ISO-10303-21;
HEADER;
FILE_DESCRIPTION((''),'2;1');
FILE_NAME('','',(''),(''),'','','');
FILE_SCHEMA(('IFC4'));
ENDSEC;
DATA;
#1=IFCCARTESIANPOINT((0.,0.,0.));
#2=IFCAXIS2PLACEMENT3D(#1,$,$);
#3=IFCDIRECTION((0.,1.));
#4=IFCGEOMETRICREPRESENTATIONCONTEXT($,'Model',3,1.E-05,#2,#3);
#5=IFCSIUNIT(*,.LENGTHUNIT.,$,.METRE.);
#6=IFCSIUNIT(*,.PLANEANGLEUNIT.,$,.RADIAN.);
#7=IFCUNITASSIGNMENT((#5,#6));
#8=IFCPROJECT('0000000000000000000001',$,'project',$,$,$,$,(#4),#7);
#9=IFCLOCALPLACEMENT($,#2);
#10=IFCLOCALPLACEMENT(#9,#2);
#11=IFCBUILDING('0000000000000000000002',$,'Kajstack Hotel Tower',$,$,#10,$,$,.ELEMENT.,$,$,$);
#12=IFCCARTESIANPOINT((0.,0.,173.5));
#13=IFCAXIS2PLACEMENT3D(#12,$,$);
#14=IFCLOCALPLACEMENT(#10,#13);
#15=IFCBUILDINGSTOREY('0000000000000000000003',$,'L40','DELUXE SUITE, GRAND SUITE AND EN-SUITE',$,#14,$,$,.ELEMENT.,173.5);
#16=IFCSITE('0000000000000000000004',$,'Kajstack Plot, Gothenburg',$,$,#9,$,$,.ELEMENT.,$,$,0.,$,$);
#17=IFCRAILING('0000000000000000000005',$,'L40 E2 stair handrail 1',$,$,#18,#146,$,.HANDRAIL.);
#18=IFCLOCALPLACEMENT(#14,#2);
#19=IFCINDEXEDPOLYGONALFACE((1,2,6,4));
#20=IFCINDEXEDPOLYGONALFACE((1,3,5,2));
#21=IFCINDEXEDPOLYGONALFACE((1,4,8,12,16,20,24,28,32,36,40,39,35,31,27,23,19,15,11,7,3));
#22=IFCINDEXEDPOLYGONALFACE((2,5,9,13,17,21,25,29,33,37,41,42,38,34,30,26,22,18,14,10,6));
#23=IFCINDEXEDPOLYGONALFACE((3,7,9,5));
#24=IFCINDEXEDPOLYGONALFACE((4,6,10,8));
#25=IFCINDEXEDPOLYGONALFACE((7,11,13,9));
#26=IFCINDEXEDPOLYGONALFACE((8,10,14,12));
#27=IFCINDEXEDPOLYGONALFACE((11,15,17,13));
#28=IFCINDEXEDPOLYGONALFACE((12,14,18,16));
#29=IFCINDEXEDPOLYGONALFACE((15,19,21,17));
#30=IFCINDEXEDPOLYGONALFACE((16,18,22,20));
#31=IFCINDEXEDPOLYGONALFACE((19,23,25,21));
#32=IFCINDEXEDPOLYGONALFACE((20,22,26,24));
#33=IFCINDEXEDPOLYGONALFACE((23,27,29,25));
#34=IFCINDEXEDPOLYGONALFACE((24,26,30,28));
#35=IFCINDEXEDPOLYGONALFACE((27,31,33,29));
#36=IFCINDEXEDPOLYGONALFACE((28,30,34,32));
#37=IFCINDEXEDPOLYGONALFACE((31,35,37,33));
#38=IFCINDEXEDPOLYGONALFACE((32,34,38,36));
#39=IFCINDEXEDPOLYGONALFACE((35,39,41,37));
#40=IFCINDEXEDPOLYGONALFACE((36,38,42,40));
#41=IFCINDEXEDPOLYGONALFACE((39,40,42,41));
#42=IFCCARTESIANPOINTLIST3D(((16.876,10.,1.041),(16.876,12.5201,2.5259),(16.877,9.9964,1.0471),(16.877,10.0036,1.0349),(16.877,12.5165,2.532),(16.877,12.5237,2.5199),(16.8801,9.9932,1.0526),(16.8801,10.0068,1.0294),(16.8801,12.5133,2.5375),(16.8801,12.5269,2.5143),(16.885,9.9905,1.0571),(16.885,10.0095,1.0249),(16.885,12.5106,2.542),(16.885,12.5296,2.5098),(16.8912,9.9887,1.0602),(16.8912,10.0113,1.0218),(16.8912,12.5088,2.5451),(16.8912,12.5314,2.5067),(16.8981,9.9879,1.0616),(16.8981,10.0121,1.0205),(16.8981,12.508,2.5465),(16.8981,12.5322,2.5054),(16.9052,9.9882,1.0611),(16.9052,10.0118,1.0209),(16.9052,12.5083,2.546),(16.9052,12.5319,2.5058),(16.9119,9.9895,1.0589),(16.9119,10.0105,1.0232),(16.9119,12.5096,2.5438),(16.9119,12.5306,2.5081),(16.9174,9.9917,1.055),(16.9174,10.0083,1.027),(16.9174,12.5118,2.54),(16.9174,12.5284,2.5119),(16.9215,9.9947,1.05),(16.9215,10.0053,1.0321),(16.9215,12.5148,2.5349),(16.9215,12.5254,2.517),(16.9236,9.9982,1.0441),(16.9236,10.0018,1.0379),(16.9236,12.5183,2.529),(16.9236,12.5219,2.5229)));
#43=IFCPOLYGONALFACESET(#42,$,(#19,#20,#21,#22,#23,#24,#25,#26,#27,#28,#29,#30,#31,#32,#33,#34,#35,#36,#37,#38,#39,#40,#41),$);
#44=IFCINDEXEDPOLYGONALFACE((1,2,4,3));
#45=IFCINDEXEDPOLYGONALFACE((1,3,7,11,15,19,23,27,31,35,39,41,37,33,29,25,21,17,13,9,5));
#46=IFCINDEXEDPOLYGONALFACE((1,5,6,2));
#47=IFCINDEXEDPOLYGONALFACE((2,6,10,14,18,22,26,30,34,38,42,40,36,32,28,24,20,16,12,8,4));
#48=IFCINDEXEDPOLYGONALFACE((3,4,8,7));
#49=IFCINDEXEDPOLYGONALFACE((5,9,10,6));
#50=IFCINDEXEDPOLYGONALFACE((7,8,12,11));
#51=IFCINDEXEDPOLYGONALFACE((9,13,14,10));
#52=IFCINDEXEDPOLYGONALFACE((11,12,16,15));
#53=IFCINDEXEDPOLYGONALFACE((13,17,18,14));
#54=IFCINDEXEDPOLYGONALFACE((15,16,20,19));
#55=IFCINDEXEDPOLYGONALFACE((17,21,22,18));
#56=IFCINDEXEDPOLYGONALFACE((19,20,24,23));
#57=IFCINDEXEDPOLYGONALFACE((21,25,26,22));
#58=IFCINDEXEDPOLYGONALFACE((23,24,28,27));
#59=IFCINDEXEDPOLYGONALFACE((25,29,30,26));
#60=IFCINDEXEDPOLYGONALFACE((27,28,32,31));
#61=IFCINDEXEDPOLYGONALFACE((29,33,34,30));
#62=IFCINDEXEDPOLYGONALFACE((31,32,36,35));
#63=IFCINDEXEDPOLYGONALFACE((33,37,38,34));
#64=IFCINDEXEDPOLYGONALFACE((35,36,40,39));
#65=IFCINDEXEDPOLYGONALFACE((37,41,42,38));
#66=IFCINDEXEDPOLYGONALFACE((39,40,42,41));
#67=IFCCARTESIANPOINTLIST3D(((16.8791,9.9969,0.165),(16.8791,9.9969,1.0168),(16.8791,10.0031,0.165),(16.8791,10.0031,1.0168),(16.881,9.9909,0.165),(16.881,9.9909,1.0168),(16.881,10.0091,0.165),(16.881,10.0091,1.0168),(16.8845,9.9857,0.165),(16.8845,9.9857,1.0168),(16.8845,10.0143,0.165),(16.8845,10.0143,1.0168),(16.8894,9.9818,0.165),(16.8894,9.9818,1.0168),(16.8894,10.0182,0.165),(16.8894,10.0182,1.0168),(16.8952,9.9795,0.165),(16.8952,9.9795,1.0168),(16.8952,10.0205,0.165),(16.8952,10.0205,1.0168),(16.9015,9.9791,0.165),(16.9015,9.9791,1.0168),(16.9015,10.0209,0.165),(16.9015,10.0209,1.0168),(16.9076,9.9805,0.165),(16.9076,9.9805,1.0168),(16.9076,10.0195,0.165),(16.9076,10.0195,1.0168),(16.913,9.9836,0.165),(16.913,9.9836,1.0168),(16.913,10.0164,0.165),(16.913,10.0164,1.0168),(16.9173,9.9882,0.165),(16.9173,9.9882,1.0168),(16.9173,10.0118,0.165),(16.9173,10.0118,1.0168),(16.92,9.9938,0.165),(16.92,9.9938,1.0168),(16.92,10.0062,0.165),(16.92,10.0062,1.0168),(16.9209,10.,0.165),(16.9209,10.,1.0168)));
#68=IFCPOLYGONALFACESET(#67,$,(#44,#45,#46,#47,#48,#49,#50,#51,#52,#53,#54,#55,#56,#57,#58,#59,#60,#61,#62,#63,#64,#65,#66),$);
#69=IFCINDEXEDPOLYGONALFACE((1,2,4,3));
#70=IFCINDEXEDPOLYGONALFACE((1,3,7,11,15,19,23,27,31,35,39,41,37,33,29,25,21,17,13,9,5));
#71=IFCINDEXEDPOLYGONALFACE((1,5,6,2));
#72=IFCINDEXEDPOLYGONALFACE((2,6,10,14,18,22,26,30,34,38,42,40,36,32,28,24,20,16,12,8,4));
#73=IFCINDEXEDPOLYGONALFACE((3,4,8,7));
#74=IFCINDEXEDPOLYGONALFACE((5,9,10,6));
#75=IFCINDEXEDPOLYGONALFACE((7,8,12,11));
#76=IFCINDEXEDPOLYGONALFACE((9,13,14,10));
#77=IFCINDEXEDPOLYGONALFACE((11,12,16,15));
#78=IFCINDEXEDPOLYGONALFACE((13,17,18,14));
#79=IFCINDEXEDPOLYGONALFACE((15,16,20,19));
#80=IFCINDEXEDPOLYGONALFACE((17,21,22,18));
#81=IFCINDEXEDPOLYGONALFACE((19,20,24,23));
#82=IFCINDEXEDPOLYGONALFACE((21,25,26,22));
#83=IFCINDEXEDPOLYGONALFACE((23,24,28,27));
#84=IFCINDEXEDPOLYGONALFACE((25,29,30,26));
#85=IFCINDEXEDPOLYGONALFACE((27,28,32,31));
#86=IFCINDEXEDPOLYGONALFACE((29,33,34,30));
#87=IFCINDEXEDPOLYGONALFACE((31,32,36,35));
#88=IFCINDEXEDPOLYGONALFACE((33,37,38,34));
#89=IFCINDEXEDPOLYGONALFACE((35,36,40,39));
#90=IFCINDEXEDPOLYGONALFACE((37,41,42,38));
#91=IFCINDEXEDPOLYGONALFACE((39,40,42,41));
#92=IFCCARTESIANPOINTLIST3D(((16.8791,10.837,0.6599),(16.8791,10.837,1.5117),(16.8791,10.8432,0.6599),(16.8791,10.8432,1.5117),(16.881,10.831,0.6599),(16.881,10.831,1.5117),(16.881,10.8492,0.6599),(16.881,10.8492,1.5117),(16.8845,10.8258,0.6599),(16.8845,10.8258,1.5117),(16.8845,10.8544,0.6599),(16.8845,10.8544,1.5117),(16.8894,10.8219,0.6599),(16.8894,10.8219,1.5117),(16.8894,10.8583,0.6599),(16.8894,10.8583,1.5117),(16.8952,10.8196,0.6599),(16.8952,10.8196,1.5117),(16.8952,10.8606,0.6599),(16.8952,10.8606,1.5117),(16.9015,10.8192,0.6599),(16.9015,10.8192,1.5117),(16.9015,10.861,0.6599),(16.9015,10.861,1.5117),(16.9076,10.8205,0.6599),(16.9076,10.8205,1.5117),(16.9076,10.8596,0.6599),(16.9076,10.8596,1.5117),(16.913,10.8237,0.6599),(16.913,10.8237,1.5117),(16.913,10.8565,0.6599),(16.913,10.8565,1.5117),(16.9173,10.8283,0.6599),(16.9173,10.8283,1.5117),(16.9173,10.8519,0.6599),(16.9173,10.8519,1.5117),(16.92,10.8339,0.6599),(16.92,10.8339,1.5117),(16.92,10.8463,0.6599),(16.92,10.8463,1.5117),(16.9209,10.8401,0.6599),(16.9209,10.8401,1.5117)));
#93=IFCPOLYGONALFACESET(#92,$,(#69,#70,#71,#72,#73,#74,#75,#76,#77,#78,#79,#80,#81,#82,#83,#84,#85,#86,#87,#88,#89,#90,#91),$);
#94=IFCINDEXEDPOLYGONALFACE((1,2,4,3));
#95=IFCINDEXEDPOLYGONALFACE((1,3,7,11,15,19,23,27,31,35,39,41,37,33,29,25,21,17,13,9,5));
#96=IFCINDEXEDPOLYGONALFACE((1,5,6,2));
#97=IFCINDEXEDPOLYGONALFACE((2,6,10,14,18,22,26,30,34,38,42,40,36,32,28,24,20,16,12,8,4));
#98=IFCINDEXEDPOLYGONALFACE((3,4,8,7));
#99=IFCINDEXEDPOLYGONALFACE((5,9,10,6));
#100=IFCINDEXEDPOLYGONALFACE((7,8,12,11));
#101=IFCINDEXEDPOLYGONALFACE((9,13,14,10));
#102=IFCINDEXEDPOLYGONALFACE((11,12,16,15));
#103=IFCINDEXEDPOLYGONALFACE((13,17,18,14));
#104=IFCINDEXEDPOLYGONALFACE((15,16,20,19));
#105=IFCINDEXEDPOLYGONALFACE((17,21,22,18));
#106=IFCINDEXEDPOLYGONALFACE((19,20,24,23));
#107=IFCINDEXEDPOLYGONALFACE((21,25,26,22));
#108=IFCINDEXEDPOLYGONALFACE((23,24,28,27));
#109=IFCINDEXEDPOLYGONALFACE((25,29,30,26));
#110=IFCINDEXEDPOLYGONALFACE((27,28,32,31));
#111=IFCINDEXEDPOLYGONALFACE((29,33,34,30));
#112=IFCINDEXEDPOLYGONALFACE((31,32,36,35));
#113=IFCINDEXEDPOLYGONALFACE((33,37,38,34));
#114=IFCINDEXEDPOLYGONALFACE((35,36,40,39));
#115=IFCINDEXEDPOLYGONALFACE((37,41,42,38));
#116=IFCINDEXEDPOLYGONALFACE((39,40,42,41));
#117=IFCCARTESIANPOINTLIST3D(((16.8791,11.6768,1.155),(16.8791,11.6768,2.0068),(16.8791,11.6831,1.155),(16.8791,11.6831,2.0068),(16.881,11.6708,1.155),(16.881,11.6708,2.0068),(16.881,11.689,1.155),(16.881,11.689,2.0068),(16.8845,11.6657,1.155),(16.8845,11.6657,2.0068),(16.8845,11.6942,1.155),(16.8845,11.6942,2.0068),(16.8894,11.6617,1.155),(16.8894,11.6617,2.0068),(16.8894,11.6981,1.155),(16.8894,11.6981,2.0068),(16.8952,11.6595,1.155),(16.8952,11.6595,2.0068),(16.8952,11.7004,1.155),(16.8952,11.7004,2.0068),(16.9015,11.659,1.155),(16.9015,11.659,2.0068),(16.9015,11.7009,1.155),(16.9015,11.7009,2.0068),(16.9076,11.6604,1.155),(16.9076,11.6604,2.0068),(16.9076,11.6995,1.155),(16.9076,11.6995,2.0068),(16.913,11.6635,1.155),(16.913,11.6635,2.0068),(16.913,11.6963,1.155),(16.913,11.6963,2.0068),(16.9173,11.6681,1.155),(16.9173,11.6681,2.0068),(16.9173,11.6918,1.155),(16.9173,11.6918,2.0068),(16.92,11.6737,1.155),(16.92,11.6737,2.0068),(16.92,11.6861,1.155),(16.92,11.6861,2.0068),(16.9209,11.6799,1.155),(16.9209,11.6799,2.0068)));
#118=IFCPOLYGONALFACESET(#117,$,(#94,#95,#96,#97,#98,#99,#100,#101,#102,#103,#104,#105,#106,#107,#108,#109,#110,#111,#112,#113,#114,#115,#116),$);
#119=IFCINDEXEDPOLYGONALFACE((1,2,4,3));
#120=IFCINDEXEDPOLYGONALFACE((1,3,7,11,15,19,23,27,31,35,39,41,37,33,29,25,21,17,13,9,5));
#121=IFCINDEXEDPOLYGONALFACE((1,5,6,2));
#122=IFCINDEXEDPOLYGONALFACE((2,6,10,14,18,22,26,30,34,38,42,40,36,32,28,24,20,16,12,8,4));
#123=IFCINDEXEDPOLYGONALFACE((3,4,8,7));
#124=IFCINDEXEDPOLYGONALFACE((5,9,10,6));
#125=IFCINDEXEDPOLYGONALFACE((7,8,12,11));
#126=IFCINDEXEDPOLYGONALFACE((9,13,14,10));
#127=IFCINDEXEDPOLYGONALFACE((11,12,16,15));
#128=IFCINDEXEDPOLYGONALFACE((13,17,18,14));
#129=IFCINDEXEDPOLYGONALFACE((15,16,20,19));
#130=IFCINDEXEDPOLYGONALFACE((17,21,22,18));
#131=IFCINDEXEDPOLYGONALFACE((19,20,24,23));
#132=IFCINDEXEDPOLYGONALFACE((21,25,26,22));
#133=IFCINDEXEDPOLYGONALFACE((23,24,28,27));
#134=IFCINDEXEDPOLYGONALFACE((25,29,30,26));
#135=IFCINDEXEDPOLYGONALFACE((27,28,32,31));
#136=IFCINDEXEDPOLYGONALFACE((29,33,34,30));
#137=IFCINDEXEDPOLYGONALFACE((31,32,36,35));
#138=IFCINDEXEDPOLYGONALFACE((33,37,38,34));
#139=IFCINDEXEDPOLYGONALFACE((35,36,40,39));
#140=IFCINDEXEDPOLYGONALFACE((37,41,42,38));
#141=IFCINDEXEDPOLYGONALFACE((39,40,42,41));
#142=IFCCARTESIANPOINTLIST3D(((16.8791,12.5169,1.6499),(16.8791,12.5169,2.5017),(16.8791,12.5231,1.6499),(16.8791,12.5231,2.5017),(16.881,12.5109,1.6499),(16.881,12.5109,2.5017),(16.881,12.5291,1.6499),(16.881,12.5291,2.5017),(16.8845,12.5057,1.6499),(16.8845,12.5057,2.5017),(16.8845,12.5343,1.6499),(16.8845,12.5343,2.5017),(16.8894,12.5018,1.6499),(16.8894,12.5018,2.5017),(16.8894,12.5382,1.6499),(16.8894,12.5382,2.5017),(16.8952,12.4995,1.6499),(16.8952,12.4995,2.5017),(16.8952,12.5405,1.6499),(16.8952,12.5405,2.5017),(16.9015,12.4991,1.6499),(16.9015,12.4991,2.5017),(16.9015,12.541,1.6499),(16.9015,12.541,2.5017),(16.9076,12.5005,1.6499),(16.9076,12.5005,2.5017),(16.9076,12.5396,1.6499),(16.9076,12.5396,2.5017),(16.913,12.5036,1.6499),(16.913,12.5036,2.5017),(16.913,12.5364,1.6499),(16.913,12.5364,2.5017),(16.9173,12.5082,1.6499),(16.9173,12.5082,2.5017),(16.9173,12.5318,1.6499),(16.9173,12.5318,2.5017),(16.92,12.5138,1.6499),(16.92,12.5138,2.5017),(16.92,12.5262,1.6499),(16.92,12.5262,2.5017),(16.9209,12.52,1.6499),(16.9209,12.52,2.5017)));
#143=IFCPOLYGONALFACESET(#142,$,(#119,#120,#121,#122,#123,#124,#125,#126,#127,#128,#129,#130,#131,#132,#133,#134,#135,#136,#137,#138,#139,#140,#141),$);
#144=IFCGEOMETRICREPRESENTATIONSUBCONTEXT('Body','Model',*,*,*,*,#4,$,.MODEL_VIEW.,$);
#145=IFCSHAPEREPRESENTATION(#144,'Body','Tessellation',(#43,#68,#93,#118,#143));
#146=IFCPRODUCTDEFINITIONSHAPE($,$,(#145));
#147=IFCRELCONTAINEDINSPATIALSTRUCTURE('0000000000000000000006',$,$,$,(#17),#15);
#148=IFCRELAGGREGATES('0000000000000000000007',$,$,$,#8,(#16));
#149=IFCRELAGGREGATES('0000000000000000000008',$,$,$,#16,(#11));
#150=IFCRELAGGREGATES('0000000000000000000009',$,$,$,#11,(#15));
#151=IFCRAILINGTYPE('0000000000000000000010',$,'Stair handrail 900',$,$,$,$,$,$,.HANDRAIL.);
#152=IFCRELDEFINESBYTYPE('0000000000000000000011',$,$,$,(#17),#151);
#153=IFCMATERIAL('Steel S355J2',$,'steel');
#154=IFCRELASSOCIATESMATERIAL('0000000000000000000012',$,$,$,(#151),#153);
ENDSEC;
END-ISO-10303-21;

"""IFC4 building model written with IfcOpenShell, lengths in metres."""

from ifc_helpers import new_model, si_unit, direction, frame, origin, origin_2d, place, context, subcontext, project, spatial, circle, extrude, material, type_object, element, save


model = new_model("IFC4")

# Units and contexts
model_context = context("Model", 3, precision=1e-05, world=origin(), true_north=direction((0.0, 1.0)))
body_context = subcontext(model_context, "Body", "Model", "MODEL_VIEW")
ifc_project = project(units=[si_unit("LENGTHUNIT", "METRE"), si_unit("PLANEANGLEUNIT", "RADIAN")], contexts=[model_context])

# Site, building, storey
site_placement = place(None, origin())
site = spatial("IfcSite", under=ifc_project, at=site_placement, Name="Kajstack Plot, Gothenburg", CompositionType="ELEMENT", RefElevation=0.0)
building_placement = place(site_placement, origin())
building = spatial("IfcBuilding", under=site, at=building_placement, Name="Kajstack Hotel Tower", CompositionType="ELEMENT")
storey_placement = place(building_placement, frame((0.0, 0.0, 173.5)))
storey = spatial("IfcBuildingStorey", under=building, at=storey_placement, Name="L40", Description="DELUXE SUITE, GRAND SUITE AND EN-SUITE", CompositionType="ELEMENT", Elevation=173.5)

# Railing
ifc_material_1 = material(Name="Steel S355J2", Category="steel")
railing_type_1 = type_object("IfcRailingType", Name="Stair handrail 900", PredefinedType="HANDRAIL", material=ifc_material_1)
railing_1_placement = place(storey_placement, frame((16.8999, 10.0, 0.165)))
element("IfcRailing", 1, at=railing_1_placement, inside=storey, type_object=railing_type_1, Name="L40 E2 stair handrail 1", PredefinedType="HANDRAIL", context=body_context, shape_type="SweptSolid", body=[
    extrude(circle(Radius=0.0239, at=origin_2d()), frame((0.0, 0.0, 0.876), z_axis=(0.0, 0.861561, 0.507655), x_axis=(-1.0, 0.0, 0.0)), (0.0, 0.0, 1.0), 2.925),
    extrude(circle(Radius=0.021, at=origin_2d()), origin(), (0.0, 0.0, 1.0), 0.8518),
    extrude(circle(Radius=0.021, at=origin_2d()), frame((0.0, 0.8401, 0.4949)), (0.0, 0.0, 1.0), 0.8518),
    extrude(circle(Radius=0.021, at=origin_2d()), frame((0.0, 1.6799, 0.99)), (0.0, 0.0, 1.0), 0.8518),
    extrude(circle(Radius=0.021, at=origin_2d()), frame((0.0, 2.52, 1.4849)), (0.0, 0.0, 1.0), 0.8518),
])

save(model, "model.ifc")
